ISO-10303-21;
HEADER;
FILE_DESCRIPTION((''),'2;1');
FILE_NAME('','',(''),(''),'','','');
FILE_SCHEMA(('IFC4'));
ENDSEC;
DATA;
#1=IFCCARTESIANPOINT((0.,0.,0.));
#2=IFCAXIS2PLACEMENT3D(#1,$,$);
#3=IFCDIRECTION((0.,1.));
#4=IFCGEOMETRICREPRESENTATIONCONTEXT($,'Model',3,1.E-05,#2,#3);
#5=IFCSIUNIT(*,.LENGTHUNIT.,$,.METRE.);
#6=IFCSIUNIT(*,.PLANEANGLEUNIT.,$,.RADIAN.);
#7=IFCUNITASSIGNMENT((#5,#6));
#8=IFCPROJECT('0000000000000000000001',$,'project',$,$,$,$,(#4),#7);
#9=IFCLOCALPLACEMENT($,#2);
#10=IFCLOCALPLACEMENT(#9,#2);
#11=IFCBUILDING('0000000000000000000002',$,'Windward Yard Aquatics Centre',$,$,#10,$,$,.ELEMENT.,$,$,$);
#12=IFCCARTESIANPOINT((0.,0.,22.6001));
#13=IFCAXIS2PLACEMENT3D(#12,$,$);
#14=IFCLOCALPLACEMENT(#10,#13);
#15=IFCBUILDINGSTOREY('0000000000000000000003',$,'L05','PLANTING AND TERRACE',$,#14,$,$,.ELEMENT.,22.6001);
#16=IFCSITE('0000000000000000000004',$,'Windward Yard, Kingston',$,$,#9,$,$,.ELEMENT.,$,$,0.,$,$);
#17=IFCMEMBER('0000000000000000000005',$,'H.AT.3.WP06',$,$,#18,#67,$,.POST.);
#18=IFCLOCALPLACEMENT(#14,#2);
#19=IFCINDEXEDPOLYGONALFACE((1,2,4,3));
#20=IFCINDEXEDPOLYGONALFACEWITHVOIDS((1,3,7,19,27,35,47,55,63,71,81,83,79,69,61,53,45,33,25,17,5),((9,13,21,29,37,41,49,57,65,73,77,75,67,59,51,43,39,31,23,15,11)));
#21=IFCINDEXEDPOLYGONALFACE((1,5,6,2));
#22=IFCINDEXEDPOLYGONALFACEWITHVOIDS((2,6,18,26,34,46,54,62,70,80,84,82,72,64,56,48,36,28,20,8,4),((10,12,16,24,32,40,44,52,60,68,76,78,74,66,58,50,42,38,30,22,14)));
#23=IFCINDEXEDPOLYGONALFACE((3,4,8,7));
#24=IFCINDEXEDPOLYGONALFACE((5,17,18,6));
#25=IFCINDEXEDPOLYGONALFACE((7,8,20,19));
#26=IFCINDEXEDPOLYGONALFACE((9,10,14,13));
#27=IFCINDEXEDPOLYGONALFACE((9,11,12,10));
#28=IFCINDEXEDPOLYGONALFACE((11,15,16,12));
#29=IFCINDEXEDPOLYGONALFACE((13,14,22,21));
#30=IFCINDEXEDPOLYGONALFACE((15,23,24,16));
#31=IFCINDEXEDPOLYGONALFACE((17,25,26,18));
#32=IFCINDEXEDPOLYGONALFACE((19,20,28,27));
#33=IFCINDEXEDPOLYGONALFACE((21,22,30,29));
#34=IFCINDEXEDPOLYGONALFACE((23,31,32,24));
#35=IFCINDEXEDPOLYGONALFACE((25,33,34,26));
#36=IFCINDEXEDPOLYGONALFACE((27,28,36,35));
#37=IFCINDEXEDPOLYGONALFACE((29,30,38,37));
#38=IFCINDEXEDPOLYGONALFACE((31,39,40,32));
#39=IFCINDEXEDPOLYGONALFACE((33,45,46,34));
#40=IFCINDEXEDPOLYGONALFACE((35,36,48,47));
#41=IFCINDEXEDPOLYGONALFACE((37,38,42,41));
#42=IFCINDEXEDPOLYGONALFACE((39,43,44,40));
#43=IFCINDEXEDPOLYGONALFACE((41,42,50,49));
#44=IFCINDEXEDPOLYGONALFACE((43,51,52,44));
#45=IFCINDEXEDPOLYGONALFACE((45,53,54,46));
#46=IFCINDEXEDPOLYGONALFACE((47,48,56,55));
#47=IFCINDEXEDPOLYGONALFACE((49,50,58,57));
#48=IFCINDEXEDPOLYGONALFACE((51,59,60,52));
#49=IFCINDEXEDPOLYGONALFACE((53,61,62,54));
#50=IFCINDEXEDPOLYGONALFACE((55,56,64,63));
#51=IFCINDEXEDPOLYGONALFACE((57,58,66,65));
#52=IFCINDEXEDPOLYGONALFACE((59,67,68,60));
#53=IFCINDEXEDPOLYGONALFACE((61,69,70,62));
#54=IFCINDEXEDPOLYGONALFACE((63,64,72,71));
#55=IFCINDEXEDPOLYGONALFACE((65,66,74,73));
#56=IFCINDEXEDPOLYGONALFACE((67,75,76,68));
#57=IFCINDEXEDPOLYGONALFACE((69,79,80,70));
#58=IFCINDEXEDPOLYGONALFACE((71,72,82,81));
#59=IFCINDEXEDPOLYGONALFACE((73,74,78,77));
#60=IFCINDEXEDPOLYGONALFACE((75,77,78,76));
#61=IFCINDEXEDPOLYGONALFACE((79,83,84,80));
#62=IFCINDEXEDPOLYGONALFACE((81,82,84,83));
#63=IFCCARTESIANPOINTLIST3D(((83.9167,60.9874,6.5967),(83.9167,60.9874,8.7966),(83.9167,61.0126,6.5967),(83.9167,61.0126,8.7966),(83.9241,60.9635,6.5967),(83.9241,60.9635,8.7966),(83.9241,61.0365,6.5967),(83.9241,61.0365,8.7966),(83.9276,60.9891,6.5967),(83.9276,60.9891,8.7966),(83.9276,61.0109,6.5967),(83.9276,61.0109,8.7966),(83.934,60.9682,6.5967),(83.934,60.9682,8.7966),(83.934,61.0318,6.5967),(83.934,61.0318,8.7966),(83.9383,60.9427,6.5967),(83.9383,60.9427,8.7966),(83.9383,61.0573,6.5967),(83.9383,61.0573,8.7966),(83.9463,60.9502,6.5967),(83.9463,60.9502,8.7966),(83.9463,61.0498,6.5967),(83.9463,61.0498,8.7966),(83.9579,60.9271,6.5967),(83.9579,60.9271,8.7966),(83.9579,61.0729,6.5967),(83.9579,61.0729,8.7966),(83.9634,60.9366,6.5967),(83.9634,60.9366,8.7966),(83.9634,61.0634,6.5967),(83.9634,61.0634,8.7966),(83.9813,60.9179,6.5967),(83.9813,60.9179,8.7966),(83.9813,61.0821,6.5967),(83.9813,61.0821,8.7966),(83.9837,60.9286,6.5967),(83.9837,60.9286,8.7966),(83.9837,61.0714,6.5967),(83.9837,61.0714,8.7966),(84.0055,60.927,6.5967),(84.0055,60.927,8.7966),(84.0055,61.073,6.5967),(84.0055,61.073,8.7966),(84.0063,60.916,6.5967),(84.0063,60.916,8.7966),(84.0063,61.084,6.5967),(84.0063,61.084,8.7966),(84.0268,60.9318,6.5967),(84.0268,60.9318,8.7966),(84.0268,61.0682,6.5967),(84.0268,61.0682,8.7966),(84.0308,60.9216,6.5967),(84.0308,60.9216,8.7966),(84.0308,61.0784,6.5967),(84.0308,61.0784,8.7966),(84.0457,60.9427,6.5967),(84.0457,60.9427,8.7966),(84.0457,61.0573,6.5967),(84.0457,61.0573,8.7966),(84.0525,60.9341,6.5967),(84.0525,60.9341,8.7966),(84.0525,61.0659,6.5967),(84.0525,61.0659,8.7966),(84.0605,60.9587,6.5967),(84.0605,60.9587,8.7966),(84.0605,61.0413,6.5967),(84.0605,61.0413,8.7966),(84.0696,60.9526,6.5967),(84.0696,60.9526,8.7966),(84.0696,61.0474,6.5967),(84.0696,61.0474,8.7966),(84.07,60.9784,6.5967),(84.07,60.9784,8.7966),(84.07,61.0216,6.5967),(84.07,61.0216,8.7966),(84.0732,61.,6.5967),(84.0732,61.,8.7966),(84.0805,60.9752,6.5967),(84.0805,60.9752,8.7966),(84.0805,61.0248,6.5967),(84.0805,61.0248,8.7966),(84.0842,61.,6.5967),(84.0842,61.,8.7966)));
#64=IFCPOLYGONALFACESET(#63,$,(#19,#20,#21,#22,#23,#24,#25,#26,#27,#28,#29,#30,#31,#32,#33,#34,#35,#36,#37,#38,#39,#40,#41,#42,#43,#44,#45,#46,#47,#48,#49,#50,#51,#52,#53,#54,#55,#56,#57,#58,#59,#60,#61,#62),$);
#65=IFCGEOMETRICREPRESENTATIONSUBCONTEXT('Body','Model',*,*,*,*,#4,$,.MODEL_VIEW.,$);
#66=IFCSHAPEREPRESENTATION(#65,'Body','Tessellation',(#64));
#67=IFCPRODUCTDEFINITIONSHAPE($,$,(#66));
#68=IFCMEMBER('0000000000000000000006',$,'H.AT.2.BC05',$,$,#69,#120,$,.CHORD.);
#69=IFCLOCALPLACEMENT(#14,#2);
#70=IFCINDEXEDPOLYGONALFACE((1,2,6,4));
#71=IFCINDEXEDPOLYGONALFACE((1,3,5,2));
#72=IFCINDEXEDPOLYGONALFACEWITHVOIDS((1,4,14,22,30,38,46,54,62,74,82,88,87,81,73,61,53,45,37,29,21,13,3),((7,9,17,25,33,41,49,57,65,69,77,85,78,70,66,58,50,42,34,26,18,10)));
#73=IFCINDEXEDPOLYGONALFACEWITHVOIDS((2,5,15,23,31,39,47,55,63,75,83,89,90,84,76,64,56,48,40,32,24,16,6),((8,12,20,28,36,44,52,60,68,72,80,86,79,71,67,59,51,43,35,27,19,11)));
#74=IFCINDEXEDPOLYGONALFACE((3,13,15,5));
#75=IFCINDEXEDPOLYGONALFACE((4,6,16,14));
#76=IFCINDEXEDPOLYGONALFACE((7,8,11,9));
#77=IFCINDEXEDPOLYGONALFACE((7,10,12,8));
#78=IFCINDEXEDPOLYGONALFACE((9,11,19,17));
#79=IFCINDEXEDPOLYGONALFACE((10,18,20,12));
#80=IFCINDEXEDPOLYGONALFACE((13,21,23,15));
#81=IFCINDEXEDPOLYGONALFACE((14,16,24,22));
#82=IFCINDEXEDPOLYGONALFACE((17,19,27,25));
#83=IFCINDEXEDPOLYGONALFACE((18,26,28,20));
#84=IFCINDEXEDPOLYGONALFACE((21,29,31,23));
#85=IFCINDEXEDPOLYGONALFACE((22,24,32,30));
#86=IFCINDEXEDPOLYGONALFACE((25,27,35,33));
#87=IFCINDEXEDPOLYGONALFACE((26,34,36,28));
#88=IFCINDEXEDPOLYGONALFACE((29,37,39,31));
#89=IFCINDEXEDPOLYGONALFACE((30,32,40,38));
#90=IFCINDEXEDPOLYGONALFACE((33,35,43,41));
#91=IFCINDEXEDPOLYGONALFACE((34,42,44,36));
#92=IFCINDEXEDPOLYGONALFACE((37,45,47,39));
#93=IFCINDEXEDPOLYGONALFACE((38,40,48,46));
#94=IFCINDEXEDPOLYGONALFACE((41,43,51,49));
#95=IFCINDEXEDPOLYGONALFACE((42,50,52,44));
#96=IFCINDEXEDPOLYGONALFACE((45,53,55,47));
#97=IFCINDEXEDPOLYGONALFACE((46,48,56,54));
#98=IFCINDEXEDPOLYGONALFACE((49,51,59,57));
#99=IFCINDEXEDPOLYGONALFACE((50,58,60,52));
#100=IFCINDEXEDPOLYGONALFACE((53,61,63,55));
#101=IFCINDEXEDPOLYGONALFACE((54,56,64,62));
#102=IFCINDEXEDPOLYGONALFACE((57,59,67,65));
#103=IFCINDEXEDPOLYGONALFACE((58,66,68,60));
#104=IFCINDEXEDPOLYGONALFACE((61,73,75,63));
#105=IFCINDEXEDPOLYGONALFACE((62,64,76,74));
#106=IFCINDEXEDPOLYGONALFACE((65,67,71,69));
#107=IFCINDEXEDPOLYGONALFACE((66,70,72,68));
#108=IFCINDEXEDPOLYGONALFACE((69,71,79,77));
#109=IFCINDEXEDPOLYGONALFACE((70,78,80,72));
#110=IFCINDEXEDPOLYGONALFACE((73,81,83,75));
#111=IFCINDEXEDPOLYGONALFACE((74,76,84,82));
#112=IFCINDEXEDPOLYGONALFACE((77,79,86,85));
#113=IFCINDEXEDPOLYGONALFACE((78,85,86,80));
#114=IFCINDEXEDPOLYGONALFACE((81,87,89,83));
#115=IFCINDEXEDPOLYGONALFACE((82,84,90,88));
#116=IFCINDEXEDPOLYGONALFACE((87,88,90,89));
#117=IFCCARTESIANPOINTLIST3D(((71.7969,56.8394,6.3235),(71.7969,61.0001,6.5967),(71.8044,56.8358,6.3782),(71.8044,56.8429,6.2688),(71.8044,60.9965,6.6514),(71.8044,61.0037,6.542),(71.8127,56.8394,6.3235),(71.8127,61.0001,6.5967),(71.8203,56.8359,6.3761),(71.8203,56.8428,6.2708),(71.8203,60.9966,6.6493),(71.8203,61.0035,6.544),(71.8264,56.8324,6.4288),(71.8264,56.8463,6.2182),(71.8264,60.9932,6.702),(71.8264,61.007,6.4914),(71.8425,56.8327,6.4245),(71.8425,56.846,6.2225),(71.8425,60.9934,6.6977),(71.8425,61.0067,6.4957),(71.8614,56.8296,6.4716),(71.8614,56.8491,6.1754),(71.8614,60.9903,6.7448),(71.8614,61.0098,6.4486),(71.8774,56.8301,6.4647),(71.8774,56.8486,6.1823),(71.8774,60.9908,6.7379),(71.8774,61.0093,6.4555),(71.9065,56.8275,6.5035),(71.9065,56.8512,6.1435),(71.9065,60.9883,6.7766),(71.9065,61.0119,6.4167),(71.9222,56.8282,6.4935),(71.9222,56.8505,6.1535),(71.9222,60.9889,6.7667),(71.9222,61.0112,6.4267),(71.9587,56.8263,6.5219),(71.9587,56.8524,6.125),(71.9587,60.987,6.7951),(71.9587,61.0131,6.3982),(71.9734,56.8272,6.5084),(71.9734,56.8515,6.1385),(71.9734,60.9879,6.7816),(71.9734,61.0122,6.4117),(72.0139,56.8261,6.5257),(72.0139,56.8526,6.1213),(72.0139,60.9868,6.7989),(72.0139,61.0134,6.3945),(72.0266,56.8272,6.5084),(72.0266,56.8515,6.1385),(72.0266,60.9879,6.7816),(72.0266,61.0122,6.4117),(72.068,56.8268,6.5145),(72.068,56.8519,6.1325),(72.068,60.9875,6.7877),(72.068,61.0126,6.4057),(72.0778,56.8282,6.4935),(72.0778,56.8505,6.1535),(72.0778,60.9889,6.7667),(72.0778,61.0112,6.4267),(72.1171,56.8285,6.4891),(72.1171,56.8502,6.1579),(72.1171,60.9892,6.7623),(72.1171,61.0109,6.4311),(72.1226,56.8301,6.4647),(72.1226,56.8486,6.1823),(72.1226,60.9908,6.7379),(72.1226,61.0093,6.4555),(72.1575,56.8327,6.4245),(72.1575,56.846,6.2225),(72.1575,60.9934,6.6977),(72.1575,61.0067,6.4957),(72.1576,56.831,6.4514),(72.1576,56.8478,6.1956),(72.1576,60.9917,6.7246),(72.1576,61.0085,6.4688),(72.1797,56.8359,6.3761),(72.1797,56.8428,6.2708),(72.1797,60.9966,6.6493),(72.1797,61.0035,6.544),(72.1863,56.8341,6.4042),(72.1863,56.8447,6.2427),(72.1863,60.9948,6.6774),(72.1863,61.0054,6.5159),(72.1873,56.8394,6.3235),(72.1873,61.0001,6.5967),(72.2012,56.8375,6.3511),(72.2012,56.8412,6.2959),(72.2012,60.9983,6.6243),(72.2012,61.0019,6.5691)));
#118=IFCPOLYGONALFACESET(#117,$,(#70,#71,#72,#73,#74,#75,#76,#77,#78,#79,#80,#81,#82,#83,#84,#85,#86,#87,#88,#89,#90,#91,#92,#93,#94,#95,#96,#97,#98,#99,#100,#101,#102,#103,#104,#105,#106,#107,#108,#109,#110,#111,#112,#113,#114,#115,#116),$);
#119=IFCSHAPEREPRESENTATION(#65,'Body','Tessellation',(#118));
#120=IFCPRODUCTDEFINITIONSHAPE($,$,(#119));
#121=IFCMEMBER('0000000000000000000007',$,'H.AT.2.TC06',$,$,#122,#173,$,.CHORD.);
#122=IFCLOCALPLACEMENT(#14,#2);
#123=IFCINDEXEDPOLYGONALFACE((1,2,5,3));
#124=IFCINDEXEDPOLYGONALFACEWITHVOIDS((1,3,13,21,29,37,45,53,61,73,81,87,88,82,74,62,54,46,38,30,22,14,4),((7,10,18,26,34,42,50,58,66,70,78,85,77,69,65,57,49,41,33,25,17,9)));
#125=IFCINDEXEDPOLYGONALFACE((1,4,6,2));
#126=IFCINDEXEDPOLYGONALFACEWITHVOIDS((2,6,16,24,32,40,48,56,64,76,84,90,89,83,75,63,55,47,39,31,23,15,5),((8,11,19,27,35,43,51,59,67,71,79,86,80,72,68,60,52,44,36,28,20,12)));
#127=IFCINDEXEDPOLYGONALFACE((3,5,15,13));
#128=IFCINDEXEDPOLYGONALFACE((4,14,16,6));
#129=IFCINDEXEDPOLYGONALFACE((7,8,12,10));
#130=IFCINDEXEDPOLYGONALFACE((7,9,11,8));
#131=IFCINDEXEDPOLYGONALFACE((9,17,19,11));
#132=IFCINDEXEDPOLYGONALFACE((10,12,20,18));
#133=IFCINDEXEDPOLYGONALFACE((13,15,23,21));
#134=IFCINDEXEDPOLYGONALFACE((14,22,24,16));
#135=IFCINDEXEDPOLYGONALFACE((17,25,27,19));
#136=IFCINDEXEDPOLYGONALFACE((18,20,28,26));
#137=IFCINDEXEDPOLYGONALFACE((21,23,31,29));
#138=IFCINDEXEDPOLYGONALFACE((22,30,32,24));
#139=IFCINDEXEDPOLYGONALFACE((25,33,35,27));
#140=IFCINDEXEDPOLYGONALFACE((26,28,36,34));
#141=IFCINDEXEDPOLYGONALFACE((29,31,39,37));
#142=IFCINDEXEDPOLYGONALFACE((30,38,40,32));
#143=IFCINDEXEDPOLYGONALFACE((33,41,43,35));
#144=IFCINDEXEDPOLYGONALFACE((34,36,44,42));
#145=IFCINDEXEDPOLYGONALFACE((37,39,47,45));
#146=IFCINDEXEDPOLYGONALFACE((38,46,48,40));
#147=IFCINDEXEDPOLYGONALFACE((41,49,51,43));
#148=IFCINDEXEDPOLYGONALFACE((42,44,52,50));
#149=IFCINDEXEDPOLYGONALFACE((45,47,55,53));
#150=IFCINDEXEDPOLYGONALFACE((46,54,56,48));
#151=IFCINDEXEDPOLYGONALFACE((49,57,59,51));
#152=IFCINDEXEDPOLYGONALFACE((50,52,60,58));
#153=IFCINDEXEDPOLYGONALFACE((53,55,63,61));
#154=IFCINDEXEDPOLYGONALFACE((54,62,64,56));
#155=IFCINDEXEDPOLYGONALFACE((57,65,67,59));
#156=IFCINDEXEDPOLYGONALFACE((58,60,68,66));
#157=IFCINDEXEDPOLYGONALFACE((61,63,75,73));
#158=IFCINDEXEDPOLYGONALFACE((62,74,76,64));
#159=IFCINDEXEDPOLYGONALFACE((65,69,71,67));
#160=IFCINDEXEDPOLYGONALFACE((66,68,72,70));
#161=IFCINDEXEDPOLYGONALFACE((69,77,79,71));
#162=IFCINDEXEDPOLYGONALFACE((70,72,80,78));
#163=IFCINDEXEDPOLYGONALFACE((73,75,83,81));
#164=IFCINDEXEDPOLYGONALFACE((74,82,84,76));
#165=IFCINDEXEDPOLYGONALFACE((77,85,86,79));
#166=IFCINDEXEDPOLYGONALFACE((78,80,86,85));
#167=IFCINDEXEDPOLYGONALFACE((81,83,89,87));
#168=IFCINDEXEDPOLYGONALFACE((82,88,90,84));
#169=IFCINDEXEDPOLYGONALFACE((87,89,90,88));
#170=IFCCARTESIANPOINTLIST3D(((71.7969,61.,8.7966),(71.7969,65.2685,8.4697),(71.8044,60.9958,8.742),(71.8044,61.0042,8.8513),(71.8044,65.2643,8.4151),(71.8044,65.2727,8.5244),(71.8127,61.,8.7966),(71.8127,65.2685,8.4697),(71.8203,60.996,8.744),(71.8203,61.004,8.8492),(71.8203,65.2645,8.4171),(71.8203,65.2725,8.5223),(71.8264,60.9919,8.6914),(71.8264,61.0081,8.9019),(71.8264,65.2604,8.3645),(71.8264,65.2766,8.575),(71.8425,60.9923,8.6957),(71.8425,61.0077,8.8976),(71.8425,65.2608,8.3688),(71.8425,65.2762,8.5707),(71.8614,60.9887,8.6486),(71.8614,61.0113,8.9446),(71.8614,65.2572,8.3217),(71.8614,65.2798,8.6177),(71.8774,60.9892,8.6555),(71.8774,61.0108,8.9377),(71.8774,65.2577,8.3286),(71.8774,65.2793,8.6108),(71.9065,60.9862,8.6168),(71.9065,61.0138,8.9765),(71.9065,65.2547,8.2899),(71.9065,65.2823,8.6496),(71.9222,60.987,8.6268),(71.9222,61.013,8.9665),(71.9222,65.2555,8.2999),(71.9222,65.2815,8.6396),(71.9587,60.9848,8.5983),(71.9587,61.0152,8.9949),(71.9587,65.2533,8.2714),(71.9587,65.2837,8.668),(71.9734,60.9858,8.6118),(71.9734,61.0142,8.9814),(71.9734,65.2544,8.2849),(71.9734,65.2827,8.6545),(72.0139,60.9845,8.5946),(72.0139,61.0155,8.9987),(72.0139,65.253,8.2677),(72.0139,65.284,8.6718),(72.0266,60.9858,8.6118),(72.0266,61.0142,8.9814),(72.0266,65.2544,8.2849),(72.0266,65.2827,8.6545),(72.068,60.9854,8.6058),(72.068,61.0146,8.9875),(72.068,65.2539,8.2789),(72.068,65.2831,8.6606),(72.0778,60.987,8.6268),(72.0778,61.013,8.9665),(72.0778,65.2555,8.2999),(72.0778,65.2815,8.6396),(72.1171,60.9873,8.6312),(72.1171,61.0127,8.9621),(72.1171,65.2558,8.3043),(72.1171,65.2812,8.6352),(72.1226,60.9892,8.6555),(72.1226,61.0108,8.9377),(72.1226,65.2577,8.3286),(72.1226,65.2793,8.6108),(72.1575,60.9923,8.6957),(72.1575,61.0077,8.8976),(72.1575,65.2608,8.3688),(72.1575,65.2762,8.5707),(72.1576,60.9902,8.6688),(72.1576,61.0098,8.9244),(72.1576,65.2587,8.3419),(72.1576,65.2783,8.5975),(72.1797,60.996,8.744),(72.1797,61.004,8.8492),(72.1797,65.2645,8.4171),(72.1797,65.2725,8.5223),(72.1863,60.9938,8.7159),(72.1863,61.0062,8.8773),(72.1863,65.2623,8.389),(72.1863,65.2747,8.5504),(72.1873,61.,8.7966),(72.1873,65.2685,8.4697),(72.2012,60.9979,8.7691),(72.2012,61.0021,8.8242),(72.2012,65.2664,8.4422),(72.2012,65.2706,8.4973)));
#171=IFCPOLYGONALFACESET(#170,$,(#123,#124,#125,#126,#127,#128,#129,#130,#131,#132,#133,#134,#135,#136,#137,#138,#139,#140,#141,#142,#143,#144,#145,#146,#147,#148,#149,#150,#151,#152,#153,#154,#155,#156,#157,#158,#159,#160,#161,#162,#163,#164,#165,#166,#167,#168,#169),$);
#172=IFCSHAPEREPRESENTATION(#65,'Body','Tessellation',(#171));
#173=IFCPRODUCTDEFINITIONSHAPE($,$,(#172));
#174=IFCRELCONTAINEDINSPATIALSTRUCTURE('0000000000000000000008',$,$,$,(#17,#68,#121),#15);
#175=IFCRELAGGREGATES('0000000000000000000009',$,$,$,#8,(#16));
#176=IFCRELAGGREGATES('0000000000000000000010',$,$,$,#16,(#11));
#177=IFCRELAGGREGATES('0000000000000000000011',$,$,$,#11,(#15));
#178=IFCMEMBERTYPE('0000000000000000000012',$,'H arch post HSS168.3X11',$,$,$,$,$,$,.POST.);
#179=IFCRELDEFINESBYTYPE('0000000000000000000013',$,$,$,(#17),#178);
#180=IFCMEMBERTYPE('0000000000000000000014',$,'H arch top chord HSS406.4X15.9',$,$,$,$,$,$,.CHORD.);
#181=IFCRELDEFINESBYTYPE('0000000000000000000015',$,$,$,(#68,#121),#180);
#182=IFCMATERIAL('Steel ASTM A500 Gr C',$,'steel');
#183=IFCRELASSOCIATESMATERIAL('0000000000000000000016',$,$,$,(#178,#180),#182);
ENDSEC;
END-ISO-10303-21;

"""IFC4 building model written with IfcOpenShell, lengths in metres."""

from ifc_helpers import new_model, si_unit, direction, frame, origin, origin_2d, place, context, subcontext, project, spatial, hollow_circle, extrude, material, material_profile, profile_set, type_object, element, save


model = new_model("IFC4")

# Units and contexts
model_context = context("Model", 3, precision=1e-05, world=origin(), true_north=direction((0.0, 1.0)))
body_context = subcontext(model_context, "Body", "Model", "MODEL_VIEW")
ifc_project = project(units=[si_unit("LENGTHUNIT", "METRE"), si_unit("PLANEANGLEUNIT", "RADIAN")], contexts=[model_context])

# Site, building, storey
site_placement = place(None, origin())
site = spatial("IfcSite", under=ifc_project, at=site_placement, Name="Windward Yard, Kingston", CompositionType="ELEMENT", RefElevation=0.0)
building_placement = place(site_placement, origin())
building = spatial("IfcBuilding", under=site, at=building_placement, Name="Windward Yard Aquatics Centre", CompositionType="ELEMENT")
storey_placement = place(building_placement, frame((0.0, 0.0, 22.6001)))
storey = spatial("IfcBuildingStorey", under=building, at=storey_placement, Name="L05", Description="PLANTING AND TERRACE", CompositionType="ELEMENT", Elevation=22.6001)

# Members
ifc_material_1 = material(Name="Steel ASTM A500 Gr C", Category="steel")
ifc_material_profile_1 = material_profile(ifc_material_1, hollow_circle(Radius=0.0842, WallThickness=0.011, at=origin_2d()), Name="HSS168.3X11")
ifc_profile_set_1 = profile_set([ifc_material_profile_1], Name="Steel ASTM A500 Gr C")
member_type_1 = type_object("IfcMemberType", Name="H arch post HSS168.3X11", PredefinedType="POST", material=ifc_profile_set_1)
member_1_placement = place(storey_placement, frame((84.0, 61.0, 6.5967), z_axis=(0.0, 0.0, 1.0), x_axis=(1.0, 0.0, 0.0)))
element("IfcMember", 1, at=member_1_placement, inside=storey, type_object=member_type_1, Name="H.AT.3.WP06", PredefinedType="POST", context=body_context, shape_type="SweptSolid", body=[
    extrude(hollow_circle(Radius=0.0842, WallThickness=0.011, at=origin_2d()), origin(), (0.0, 0.0, 1.0), 2.2),
])
ifc_material_profile_2 = material_profile(ifc_material_1, hollow_circle(Radius=0.2031, WallThickness=0.0159, at=origin_2d()), Name="HSS406.4X15.9")
ifc_profile_set_2 = profile_set([ifc_material_profile_2], Name="Steel ASTM A500 Gr C")
member_type_2 = type_object("IfcMemberType", Name="H arch top chord HSS406.4X15.9", PredefinedType="CHORD", material=ifc_profile_set_2)
member_2_placement = place(storey_placement, frame((72.0, 56.8394, 6.3235), z_axis=(0.0, 0.997851, 0.06552), x_axis=(-1.0, 0.0, 0.0)))
element("IfcMember", 2, at=member_2_placement, inside=storey, type_object=member_type_2, Name="H.AT.2.BC05", PredefinedType="CHORD", context=body_context, shape_type="SweptSolid", body=[
    extrude(hollow_circle(Radius=0.2031, WallThickness=0.0159, at=origin_2d()), origin(), (0.0, 0.0, 1.0), 4.1697),
])
member_3_placement = place(storey_placement, frame((72.0, 61.0, 8.7966), z_axis=(0.0, 0.99708, -0.076361), x_axis=(-1.0, 0.0, 0.0)))
element("IfcMember", 3, at=member_3_placement, inside=storey, type_object=member_type_2, Name="H.AT.2.TC06", PredefinedType="CHORD", context=body_context, shape_type="SweptSolid", body=[
    extrude(hollow_circle(Radius=0.2031, WallThickness=0.0159, at=origin_2d()), origin(), (0.0, 0.0, 1.0), 4.281),
])

save(model, "model.ifc")
